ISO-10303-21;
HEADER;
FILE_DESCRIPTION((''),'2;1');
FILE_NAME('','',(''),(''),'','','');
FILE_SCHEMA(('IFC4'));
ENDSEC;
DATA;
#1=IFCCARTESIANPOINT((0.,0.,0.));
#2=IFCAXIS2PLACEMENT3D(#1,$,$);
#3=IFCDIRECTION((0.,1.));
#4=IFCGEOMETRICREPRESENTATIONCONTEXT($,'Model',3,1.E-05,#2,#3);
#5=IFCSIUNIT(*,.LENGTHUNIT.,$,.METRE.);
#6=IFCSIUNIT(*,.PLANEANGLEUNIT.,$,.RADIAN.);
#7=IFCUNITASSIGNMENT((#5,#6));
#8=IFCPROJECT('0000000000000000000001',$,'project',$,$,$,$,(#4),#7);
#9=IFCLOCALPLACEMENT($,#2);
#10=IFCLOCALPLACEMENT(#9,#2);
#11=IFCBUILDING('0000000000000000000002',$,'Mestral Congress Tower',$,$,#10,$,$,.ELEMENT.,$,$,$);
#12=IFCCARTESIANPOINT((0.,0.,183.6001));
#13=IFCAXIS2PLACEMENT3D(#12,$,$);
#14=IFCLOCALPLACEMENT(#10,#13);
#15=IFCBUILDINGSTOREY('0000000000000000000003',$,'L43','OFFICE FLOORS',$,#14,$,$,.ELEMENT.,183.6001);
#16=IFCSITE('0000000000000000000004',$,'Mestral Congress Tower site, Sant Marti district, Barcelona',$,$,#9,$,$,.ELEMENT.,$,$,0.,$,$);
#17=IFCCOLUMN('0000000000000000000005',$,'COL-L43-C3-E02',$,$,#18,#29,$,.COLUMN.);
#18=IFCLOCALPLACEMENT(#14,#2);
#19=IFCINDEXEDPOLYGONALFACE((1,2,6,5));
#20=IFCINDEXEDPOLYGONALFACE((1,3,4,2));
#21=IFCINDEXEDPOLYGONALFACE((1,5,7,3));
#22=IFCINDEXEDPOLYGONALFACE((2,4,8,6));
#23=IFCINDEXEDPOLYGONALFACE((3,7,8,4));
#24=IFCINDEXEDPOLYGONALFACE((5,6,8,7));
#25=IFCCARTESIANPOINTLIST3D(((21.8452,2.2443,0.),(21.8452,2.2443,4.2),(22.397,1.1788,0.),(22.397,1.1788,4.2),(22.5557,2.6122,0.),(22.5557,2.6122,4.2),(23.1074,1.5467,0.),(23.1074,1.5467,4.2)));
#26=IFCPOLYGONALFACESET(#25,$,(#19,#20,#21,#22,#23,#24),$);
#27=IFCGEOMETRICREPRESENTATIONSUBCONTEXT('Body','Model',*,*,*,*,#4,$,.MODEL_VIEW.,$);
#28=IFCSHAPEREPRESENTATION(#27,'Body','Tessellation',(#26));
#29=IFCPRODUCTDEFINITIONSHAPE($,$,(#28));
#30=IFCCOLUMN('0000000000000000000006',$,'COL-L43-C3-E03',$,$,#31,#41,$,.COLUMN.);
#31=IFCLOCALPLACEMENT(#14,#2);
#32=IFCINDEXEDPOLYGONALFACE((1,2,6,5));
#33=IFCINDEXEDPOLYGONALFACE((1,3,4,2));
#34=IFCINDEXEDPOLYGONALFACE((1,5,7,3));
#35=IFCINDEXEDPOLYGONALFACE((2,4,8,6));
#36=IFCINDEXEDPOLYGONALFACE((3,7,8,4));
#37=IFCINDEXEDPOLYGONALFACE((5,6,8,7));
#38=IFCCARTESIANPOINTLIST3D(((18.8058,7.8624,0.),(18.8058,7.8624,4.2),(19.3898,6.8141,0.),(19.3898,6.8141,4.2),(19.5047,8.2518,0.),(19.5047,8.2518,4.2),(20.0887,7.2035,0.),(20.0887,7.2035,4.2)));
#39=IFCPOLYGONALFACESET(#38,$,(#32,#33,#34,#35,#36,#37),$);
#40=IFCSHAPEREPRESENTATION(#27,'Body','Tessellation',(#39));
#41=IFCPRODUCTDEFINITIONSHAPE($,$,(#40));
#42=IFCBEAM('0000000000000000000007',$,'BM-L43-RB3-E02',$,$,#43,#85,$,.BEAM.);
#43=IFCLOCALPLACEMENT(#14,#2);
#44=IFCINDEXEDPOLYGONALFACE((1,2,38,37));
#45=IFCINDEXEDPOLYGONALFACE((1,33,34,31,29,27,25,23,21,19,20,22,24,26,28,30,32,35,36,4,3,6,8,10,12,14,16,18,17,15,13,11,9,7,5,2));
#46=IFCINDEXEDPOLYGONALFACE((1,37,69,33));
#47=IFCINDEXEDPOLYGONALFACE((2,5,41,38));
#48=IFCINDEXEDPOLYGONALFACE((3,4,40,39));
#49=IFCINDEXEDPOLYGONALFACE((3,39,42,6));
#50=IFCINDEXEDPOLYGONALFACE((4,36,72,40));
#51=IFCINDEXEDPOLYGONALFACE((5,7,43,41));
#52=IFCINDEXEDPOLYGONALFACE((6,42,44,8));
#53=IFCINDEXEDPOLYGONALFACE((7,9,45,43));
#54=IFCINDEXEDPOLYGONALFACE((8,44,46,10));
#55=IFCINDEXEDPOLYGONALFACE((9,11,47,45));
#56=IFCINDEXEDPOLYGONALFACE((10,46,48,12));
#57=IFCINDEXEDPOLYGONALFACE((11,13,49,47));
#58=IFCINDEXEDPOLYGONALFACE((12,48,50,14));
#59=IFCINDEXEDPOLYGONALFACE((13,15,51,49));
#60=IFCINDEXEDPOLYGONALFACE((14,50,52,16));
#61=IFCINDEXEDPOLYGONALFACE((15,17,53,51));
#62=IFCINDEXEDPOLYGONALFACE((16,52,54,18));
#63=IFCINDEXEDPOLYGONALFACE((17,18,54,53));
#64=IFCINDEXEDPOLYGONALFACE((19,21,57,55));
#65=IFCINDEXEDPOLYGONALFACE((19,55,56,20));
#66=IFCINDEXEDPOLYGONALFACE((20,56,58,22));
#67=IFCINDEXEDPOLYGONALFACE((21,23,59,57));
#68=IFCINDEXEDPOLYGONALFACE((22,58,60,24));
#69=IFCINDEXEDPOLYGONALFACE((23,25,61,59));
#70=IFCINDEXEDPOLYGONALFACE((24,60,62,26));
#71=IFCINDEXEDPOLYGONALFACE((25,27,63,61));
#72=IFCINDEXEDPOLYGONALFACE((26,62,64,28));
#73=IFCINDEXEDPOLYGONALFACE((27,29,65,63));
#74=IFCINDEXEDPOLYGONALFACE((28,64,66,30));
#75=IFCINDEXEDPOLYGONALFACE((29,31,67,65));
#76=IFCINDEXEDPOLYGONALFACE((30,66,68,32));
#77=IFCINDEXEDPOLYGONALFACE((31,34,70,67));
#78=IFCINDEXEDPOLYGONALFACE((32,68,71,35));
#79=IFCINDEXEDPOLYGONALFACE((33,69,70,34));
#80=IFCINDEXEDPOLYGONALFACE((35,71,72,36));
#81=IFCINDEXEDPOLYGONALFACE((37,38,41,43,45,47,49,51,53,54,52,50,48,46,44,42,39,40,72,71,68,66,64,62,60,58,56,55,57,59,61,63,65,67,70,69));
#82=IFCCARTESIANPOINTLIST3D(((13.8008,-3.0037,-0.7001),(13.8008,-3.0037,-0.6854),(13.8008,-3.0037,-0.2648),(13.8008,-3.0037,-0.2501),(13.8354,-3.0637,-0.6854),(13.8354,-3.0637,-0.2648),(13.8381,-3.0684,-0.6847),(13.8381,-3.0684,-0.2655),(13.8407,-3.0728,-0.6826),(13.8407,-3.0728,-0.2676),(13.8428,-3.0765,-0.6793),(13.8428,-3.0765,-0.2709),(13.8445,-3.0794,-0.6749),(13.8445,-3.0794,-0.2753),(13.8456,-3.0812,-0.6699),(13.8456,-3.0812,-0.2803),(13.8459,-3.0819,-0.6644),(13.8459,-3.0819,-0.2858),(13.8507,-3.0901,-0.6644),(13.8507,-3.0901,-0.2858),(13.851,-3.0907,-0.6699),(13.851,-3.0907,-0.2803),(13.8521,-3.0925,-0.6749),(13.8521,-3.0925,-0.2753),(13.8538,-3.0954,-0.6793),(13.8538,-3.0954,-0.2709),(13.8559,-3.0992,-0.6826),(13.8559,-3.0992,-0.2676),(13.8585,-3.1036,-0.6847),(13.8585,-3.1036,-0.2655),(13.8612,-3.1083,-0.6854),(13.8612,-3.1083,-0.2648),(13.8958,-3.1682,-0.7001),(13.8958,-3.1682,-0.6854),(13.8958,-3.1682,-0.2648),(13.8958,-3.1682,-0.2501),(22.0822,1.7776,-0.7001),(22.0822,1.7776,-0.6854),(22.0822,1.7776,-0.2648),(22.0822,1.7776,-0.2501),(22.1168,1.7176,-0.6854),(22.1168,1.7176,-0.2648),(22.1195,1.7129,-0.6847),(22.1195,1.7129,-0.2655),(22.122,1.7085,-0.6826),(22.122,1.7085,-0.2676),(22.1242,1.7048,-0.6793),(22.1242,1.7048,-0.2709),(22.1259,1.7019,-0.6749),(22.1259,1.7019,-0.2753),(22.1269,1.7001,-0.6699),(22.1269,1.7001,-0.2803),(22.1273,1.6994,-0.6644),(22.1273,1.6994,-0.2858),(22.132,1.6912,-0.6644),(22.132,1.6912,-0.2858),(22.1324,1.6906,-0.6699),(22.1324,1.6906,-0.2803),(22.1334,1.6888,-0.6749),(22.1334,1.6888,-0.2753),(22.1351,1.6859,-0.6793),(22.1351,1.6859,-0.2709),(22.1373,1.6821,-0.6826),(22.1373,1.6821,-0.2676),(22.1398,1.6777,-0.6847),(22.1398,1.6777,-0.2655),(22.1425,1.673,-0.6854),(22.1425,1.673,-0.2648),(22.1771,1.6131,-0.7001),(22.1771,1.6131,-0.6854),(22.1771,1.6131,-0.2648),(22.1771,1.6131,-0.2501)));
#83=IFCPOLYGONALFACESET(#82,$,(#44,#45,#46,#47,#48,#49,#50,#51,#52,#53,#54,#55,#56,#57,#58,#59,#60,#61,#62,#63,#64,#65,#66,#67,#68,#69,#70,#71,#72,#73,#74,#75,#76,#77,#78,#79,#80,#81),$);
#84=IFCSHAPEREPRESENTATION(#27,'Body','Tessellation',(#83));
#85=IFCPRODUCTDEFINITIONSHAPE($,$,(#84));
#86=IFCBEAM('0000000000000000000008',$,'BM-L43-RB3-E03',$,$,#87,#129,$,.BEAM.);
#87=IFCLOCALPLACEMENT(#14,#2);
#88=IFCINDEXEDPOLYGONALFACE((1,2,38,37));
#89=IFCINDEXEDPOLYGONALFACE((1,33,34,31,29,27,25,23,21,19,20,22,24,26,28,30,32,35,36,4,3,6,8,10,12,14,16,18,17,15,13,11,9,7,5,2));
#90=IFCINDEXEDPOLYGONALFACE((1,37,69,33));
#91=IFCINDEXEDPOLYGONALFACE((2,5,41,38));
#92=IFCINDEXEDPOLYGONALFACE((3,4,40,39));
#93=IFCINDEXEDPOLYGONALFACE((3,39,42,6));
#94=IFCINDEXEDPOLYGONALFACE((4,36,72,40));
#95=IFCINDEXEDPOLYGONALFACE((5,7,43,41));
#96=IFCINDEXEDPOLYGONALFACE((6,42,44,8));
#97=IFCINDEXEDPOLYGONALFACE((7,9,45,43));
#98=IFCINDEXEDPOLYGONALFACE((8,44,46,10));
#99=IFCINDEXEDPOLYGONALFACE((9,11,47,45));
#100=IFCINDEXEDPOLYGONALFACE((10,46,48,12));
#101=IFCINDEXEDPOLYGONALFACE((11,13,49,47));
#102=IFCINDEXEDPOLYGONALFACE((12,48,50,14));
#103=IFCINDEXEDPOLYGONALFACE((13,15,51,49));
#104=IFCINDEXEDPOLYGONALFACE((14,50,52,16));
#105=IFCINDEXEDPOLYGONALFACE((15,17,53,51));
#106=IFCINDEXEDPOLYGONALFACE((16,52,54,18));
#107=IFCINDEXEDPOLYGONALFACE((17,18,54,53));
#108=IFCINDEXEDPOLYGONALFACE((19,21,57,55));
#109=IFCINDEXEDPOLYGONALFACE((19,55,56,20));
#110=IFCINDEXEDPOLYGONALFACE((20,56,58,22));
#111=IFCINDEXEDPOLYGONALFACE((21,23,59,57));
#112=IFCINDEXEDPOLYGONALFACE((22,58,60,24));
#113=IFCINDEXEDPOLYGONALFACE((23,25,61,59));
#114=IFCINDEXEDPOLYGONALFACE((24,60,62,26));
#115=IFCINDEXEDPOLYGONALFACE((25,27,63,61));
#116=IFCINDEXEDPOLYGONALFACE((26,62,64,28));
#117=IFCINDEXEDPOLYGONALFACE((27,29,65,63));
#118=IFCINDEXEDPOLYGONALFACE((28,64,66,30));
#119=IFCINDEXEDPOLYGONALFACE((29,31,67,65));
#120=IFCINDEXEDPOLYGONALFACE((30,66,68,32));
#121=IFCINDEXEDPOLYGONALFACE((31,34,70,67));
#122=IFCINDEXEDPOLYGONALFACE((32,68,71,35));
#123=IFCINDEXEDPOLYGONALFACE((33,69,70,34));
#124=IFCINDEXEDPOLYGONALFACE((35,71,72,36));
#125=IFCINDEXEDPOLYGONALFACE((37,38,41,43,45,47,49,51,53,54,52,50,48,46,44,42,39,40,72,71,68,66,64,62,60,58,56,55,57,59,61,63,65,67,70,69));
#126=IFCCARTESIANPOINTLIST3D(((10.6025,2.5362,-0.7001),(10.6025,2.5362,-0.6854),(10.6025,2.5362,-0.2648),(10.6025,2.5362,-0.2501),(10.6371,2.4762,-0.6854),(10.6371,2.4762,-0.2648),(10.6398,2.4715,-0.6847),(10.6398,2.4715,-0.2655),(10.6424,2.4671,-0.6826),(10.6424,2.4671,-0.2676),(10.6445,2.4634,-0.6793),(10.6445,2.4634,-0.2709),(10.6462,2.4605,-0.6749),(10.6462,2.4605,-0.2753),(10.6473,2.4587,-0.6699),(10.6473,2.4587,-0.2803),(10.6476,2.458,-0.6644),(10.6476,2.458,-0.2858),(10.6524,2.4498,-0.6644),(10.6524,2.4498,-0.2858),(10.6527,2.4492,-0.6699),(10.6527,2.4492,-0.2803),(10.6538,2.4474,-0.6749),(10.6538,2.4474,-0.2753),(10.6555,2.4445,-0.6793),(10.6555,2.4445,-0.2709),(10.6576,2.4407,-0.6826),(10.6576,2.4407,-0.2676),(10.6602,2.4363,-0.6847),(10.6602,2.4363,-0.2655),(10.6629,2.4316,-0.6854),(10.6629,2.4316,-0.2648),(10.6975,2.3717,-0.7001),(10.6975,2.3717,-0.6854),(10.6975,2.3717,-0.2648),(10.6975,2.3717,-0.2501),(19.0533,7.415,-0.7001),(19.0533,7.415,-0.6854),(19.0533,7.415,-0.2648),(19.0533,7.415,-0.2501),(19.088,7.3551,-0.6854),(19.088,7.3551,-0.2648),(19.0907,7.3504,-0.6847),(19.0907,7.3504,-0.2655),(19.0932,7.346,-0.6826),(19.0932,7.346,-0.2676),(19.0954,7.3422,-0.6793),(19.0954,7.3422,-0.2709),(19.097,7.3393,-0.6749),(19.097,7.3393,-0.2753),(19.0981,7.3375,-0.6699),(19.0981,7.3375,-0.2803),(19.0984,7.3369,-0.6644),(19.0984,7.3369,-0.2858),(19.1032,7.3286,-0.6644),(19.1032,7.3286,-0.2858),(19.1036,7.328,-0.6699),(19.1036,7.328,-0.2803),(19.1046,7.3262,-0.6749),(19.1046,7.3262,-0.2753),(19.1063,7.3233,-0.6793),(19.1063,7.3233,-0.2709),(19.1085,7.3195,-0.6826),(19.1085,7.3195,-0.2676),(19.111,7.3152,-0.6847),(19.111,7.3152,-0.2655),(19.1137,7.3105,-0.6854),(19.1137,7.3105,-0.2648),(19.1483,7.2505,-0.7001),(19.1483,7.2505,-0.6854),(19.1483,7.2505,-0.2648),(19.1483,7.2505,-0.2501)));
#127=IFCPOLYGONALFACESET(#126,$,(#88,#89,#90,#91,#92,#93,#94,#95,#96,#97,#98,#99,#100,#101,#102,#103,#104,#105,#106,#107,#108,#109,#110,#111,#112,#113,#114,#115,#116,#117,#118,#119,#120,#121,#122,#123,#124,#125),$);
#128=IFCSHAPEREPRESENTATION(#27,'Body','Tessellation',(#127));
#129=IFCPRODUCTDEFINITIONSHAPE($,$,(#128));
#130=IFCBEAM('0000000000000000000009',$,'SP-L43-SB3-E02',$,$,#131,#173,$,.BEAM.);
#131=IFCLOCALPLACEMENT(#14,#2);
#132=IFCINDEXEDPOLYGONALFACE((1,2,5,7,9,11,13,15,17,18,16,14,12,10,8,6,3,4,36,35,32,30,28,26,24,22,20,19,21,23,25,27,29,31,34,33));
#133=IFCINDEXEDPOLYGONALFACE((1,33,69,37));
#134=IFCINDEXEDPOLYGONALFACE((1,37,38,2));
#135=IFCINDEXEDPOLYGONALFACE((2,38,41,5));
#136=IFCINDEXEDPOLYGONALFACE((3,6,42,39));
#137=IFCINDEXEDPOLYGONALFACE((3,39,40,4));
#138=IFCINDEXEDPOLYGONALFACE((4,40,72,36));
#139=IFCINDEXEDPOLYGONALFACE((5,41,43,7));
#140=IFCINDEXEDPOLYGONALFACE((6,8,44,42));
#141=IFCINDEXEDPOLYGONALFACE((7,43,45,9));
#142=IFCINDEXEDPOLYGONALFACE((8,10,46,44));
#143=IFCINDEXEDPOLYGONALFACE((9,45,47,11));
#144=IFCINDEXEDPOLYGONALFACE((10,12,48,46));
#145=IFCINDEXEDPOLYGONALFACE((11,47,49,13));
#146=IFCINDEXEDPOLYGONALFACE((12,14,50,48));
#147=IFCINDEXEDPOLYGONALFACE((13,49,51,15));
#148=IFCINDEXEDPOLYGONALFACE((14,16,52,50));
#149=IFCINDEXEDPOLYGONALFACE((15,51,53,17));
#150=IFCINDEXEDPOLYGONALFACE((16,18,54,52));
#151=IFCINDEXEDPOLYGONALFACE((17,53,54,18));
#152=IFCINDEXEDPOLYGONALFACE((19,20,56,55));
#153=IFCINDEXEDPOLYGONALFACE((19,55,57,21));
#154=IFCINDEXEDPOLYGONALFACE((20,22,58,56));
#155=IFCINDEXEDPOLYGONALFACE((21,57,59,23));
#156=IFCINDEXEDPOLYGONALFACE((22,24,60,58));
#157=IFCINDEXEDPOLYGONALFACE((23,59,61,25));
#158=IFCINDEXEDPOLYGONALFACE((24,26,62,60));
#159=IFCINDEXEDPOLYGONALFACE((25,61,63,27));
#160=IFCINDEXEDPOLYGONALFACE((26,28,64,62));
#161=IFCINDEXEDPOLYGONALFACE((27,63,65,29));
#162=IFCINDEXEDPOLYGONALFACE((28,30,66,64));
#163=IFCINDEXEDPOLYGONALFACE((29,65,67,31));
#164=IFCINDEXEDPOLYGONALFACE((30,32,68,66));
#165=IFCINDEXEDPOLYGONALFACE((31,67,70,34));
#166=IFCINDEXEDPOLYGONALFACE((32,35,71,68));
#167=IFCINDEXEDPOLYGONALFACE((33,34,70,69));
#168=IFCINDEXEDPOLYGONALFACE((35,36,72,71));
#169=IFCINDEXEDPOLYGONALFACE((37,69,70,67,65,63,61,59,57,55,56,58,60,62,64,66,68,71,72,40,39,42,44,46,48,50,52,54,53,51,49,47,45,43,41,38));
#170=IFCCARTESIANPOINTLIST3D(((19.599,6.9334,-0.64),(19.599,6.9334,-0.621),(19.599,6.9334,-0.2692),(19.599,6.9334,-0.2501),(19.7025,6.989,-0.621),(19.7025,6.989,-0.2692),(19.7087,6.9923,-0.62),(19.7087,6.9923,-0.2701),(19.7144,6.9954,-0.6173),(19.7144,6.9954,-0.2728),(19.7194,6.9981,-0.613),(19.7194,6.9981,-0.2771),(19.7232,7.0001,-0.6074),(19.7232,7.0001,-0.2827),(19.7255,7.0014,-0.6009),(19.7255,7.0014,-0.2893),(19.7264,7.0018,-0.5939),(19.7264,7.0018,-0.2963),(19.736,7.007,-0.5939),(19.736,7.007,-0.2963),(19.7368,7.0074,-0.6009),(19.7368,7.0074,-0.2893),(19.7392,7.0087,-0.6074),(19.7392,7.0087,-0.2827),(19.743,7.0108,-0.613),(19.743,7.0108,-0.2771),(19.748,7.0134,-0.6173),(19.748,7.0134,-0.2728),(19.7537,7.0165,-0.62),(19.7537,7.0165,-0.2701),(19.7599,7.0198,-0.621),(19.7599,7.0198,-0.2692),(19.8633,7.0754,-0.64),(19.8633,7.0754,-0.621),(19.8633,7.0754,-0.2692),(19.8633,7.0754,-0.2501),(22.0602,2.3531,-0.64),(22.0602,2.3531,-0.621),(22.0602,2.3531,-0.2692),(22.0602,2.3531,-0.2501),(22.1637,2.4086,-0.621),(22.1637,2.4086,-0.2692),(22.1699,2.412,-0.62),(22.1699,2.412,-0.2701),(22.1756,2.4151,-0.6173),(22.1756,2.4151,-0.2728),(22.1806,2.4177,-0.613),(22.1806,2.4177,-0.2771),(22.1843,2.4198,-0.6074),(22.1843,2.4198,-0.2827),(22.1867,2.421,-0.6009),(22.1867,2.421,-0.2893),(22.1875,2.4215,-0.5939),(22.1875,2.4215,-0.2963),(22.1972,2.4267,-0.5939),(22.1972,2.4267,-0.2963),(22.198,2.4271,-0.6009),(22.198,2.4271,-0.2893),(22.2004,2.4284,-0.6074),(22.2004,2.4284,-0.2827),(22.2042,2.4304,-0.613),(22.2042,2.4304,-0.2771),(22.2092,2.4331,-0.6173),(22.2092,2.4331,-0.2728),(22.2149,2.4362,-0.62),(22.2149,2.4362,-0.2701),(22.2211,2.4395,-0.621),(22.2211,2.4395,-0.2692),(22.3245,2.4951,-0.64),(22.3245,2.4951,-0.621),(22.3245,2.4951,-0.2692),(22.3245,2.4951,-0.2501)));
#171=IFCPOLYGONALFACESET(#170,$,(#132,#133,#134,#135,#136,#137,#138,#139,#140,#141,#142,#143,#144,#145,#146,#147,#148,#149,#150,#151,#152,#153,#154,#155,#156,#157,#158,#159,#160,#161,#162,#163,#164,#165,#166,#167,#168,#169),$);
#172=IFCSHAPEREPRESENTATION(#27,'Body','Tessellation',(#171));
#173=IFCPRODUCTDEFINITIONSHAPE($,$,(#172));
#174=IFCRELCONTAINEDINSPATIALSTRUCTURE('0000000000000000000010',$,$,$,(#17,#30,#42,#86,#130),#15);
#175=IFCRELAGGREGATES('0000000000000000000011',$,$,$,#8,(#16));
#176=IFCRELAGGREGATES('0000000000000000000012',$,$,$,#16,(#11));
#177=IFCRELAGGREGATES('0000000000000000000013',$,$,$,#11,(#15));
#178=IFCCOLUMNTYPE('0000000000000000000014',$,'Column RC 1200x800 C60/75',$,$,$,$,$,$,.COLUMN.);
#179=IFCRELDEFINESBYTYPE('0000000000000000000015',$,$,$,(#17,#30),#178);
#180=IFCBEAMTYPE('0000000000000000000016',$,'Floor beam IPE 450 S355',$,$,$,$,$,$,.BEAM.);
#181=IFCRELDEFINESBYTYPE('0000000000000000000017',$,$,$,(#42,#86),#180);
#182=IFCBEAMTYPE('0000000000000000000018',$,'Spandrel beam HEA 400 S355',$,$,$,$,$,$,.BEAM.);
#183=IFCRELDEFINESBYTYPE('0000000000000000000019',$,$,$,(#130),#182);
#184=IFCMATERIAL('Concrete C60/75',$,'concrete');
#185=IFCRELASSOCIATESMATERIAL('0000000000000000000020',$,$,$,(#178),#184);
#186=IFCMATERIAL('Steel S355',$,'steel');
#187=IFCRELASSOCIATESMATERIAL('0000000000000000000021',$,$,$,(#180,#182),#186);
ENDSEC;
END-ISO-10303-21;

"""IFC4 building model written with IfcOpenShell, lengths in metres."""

from ifc_helpers import new_model, si_unit, direction, frame, origin, origin_2d, place, context, subcontext, project, spatial, rectangle, i_section, extrude, material, material_profile, profile_set, type_object, element, save


model = new_model("IFC4")

# Units and contexts
model_context = context("Model", 3, precision=1e-05, world=origin(), true_north=direction((0.0, 1.0)))
body_context = subcontext(model_context, "Body", "Model", "MODEL_VIEW")
ifc_project = project(units=[si_unit("LENGTHUNIT", "METRE"), si_unit("PLANEANGLEUNIT", "RADIAN")], contexts=[model_context])

# Site, building, storey
site_placement = place(None, origin())
site = spatial("IfcSite", under=ifc_project, at=site_placement, Name="Mestral Congress Tower site, Sant Marti district, Barcelona", CompositionType="ELEMENT", RefElevation=0.0)
building_placement = place(site_placement, origin())
building = spatial("IfcBuilding", under=site, at=building_placement, Name="Mestral Congress Tower", CompositionType="ELEMENT")
storey_placement = place(building_placement, frame((0.0, 0.0, 183.6001)))
storey = spatial("IfcBuildingStorey", under=building, at=storey_placement, Name="L43", Description="OFFICE FLOORS", CompositionType="ELEMENT", Elevation=183.6001)

# Columns
ifc_material_1 = material(Name="Concrete C60/75", Category="concrete")
ifc_material_profile_1 = material_profile(ifc_material_1, rectangle(XDim=1.2, YDim=0.8, at=origin_2d()), Name="RC 1200x800")
ifc_profile_set_1 = profile_set([ifc_material_profile_1], Name="Concrete C60/75")
column_type = type_object("IfcColumnType", Name="Column RC 1200x800 C60/75", PredefinedType="COLUMN", material=ifc_profile_set_1)
for number, where, z_axis, x_axis, name in (
    (1, (22.4763, 1.8955, 0.0), (0.0, 0.0, 1.0), (-0.459837, 0.888003, 0.0), "COL-L43-C3-E02"),
    (2, (19.4473, 7.533, 0.0), (0.0, 0.0, 1.0), (-0.486724, 0.873556, 0.0), "COL-L43-C3-E03"),
):
    element("IfcColumn", number, at=place(storey_placement, frame(where, z_axis=z_axis, x_axis=x_axis)), inside=storey, type_object=column_type, Name=name, PredefinedType="COLUMN", context=body_context, shape_type="SweptSolid", body=[
        extrude(rectangle(XDim=1.2, YDim=0.8, at=origin_2d()), origin(), (0.0, 0.0, 1.0), 4.2),
    ])

# Beams
ifc_material_2 = material(Name="Steel S355", Category="steel")
ifc_material_profile_2 = material_profile(ifc_material_2, i_section(OverallWidth=0.1899, OverallDepth=0.45, WebThickness=0.0095, FlangeThickness=0.0146, FilletRadius=0.021, at=origin_2d()), Name="IPE 450")
ifc_profile_set_2 = profile_set([ifc_material_profile_2], Name="Steel S355")
beam_type_1 = type_object("IfcBeamType", Name="Floor beam IPE 450 S355", PredefinedType="BEAM", material=ifc_profile_set_2)
beam_1_placement = place(storey_placement, frame((22.1296, 1.6953, -0.4751), z_axis=(-0.866022, -0.500005, 0.0), x_axis=(0.500005, -0.866022, 0.0)))
element("IfcBeam", 3, at=beam_1_placement, inside=storey, type_object=beam_type_1, Name="BM-L43-RB3-E02", PredefinedType="BEAM", context=body_context, shape_type="SweptSolid", body=[
    extrude(i_section(OverallWidth=0.1899, OverallDepth=0.45, WebThickness=0.0095, FlangeThickness=0.0146, FilletRadius=0.021, at=origin_2d()), origin(), (0.0, 0.0, 1.0), 9.5625),
])
beam_2_placement = place(storey_placement, frame((19.1008, 7.3328, -0.4751), z_axis=(-0.866036, -0.499982, 0.0), x_axis=(0.499982, -0.866036, 0.0)))
element("IfcBeam", 4, at=beam_2_placement, inside=storey, type_object=beam_type_1, Name="BM-L43-RB3-E03", PredefinedType="BEAM", context=body_context, shape_type="SweptSolid", body=[
    extrude(i_section(OverallWidth=0.1899, OverallDepth=0.45, WebThickness=0.0095, FlangeThickness=0.0146, FilletRadius=0.021, at=origin_2d()), origin(), (0.0, 0.0, 1.0), 9.7581),
])
ifc_material_profile_3 = material_profile(ifc_material_2, i_section(OverallWidth=0.3, OverallDepth=0.3899, WebThickness=0.011, FlangeThickness=0.019, FilletRadius=0.0271, at=origin_2d()), Name="HEA 400")
ifc_profile_set_3 = profile_set([ifc_material_profile_3], Name="Steel S355")
beam_type_2 = type_object("IfcBeamType", Name="Spandrel beam HEA 400 S355", PredefinedType="BEAM", material=ifc_profile_set_3)
for number, where, z_axis, x_axis, name in (
    (5, (22.1924, 2.4241, -0.4451), (-0.473332, 0.880884, 0.0), (-0.880884, -0.473332, 0.0), "SP-L43-SB3-E02"),
):
    element("IfcBeam", number, at=place(storey_placement, frame(where, z_axis=z_axis, x_axis=x_axis)), inside=storey, type_object=beam_type_2, Name=name, PredefinedType="BEAM", context=body_context, shape_type="SweptSolid", body=[
        extrude(i_section(OverallWidth=0.3, OverallDepth=0.3899, WebThickness=0.011, FlangeThickness=0.019, FilletRadius=0.0271, at=origin_2d()), origin(), (0.0, 0.0, 1.0), 5.1997),
    ])

save(model, "model.ifc")
